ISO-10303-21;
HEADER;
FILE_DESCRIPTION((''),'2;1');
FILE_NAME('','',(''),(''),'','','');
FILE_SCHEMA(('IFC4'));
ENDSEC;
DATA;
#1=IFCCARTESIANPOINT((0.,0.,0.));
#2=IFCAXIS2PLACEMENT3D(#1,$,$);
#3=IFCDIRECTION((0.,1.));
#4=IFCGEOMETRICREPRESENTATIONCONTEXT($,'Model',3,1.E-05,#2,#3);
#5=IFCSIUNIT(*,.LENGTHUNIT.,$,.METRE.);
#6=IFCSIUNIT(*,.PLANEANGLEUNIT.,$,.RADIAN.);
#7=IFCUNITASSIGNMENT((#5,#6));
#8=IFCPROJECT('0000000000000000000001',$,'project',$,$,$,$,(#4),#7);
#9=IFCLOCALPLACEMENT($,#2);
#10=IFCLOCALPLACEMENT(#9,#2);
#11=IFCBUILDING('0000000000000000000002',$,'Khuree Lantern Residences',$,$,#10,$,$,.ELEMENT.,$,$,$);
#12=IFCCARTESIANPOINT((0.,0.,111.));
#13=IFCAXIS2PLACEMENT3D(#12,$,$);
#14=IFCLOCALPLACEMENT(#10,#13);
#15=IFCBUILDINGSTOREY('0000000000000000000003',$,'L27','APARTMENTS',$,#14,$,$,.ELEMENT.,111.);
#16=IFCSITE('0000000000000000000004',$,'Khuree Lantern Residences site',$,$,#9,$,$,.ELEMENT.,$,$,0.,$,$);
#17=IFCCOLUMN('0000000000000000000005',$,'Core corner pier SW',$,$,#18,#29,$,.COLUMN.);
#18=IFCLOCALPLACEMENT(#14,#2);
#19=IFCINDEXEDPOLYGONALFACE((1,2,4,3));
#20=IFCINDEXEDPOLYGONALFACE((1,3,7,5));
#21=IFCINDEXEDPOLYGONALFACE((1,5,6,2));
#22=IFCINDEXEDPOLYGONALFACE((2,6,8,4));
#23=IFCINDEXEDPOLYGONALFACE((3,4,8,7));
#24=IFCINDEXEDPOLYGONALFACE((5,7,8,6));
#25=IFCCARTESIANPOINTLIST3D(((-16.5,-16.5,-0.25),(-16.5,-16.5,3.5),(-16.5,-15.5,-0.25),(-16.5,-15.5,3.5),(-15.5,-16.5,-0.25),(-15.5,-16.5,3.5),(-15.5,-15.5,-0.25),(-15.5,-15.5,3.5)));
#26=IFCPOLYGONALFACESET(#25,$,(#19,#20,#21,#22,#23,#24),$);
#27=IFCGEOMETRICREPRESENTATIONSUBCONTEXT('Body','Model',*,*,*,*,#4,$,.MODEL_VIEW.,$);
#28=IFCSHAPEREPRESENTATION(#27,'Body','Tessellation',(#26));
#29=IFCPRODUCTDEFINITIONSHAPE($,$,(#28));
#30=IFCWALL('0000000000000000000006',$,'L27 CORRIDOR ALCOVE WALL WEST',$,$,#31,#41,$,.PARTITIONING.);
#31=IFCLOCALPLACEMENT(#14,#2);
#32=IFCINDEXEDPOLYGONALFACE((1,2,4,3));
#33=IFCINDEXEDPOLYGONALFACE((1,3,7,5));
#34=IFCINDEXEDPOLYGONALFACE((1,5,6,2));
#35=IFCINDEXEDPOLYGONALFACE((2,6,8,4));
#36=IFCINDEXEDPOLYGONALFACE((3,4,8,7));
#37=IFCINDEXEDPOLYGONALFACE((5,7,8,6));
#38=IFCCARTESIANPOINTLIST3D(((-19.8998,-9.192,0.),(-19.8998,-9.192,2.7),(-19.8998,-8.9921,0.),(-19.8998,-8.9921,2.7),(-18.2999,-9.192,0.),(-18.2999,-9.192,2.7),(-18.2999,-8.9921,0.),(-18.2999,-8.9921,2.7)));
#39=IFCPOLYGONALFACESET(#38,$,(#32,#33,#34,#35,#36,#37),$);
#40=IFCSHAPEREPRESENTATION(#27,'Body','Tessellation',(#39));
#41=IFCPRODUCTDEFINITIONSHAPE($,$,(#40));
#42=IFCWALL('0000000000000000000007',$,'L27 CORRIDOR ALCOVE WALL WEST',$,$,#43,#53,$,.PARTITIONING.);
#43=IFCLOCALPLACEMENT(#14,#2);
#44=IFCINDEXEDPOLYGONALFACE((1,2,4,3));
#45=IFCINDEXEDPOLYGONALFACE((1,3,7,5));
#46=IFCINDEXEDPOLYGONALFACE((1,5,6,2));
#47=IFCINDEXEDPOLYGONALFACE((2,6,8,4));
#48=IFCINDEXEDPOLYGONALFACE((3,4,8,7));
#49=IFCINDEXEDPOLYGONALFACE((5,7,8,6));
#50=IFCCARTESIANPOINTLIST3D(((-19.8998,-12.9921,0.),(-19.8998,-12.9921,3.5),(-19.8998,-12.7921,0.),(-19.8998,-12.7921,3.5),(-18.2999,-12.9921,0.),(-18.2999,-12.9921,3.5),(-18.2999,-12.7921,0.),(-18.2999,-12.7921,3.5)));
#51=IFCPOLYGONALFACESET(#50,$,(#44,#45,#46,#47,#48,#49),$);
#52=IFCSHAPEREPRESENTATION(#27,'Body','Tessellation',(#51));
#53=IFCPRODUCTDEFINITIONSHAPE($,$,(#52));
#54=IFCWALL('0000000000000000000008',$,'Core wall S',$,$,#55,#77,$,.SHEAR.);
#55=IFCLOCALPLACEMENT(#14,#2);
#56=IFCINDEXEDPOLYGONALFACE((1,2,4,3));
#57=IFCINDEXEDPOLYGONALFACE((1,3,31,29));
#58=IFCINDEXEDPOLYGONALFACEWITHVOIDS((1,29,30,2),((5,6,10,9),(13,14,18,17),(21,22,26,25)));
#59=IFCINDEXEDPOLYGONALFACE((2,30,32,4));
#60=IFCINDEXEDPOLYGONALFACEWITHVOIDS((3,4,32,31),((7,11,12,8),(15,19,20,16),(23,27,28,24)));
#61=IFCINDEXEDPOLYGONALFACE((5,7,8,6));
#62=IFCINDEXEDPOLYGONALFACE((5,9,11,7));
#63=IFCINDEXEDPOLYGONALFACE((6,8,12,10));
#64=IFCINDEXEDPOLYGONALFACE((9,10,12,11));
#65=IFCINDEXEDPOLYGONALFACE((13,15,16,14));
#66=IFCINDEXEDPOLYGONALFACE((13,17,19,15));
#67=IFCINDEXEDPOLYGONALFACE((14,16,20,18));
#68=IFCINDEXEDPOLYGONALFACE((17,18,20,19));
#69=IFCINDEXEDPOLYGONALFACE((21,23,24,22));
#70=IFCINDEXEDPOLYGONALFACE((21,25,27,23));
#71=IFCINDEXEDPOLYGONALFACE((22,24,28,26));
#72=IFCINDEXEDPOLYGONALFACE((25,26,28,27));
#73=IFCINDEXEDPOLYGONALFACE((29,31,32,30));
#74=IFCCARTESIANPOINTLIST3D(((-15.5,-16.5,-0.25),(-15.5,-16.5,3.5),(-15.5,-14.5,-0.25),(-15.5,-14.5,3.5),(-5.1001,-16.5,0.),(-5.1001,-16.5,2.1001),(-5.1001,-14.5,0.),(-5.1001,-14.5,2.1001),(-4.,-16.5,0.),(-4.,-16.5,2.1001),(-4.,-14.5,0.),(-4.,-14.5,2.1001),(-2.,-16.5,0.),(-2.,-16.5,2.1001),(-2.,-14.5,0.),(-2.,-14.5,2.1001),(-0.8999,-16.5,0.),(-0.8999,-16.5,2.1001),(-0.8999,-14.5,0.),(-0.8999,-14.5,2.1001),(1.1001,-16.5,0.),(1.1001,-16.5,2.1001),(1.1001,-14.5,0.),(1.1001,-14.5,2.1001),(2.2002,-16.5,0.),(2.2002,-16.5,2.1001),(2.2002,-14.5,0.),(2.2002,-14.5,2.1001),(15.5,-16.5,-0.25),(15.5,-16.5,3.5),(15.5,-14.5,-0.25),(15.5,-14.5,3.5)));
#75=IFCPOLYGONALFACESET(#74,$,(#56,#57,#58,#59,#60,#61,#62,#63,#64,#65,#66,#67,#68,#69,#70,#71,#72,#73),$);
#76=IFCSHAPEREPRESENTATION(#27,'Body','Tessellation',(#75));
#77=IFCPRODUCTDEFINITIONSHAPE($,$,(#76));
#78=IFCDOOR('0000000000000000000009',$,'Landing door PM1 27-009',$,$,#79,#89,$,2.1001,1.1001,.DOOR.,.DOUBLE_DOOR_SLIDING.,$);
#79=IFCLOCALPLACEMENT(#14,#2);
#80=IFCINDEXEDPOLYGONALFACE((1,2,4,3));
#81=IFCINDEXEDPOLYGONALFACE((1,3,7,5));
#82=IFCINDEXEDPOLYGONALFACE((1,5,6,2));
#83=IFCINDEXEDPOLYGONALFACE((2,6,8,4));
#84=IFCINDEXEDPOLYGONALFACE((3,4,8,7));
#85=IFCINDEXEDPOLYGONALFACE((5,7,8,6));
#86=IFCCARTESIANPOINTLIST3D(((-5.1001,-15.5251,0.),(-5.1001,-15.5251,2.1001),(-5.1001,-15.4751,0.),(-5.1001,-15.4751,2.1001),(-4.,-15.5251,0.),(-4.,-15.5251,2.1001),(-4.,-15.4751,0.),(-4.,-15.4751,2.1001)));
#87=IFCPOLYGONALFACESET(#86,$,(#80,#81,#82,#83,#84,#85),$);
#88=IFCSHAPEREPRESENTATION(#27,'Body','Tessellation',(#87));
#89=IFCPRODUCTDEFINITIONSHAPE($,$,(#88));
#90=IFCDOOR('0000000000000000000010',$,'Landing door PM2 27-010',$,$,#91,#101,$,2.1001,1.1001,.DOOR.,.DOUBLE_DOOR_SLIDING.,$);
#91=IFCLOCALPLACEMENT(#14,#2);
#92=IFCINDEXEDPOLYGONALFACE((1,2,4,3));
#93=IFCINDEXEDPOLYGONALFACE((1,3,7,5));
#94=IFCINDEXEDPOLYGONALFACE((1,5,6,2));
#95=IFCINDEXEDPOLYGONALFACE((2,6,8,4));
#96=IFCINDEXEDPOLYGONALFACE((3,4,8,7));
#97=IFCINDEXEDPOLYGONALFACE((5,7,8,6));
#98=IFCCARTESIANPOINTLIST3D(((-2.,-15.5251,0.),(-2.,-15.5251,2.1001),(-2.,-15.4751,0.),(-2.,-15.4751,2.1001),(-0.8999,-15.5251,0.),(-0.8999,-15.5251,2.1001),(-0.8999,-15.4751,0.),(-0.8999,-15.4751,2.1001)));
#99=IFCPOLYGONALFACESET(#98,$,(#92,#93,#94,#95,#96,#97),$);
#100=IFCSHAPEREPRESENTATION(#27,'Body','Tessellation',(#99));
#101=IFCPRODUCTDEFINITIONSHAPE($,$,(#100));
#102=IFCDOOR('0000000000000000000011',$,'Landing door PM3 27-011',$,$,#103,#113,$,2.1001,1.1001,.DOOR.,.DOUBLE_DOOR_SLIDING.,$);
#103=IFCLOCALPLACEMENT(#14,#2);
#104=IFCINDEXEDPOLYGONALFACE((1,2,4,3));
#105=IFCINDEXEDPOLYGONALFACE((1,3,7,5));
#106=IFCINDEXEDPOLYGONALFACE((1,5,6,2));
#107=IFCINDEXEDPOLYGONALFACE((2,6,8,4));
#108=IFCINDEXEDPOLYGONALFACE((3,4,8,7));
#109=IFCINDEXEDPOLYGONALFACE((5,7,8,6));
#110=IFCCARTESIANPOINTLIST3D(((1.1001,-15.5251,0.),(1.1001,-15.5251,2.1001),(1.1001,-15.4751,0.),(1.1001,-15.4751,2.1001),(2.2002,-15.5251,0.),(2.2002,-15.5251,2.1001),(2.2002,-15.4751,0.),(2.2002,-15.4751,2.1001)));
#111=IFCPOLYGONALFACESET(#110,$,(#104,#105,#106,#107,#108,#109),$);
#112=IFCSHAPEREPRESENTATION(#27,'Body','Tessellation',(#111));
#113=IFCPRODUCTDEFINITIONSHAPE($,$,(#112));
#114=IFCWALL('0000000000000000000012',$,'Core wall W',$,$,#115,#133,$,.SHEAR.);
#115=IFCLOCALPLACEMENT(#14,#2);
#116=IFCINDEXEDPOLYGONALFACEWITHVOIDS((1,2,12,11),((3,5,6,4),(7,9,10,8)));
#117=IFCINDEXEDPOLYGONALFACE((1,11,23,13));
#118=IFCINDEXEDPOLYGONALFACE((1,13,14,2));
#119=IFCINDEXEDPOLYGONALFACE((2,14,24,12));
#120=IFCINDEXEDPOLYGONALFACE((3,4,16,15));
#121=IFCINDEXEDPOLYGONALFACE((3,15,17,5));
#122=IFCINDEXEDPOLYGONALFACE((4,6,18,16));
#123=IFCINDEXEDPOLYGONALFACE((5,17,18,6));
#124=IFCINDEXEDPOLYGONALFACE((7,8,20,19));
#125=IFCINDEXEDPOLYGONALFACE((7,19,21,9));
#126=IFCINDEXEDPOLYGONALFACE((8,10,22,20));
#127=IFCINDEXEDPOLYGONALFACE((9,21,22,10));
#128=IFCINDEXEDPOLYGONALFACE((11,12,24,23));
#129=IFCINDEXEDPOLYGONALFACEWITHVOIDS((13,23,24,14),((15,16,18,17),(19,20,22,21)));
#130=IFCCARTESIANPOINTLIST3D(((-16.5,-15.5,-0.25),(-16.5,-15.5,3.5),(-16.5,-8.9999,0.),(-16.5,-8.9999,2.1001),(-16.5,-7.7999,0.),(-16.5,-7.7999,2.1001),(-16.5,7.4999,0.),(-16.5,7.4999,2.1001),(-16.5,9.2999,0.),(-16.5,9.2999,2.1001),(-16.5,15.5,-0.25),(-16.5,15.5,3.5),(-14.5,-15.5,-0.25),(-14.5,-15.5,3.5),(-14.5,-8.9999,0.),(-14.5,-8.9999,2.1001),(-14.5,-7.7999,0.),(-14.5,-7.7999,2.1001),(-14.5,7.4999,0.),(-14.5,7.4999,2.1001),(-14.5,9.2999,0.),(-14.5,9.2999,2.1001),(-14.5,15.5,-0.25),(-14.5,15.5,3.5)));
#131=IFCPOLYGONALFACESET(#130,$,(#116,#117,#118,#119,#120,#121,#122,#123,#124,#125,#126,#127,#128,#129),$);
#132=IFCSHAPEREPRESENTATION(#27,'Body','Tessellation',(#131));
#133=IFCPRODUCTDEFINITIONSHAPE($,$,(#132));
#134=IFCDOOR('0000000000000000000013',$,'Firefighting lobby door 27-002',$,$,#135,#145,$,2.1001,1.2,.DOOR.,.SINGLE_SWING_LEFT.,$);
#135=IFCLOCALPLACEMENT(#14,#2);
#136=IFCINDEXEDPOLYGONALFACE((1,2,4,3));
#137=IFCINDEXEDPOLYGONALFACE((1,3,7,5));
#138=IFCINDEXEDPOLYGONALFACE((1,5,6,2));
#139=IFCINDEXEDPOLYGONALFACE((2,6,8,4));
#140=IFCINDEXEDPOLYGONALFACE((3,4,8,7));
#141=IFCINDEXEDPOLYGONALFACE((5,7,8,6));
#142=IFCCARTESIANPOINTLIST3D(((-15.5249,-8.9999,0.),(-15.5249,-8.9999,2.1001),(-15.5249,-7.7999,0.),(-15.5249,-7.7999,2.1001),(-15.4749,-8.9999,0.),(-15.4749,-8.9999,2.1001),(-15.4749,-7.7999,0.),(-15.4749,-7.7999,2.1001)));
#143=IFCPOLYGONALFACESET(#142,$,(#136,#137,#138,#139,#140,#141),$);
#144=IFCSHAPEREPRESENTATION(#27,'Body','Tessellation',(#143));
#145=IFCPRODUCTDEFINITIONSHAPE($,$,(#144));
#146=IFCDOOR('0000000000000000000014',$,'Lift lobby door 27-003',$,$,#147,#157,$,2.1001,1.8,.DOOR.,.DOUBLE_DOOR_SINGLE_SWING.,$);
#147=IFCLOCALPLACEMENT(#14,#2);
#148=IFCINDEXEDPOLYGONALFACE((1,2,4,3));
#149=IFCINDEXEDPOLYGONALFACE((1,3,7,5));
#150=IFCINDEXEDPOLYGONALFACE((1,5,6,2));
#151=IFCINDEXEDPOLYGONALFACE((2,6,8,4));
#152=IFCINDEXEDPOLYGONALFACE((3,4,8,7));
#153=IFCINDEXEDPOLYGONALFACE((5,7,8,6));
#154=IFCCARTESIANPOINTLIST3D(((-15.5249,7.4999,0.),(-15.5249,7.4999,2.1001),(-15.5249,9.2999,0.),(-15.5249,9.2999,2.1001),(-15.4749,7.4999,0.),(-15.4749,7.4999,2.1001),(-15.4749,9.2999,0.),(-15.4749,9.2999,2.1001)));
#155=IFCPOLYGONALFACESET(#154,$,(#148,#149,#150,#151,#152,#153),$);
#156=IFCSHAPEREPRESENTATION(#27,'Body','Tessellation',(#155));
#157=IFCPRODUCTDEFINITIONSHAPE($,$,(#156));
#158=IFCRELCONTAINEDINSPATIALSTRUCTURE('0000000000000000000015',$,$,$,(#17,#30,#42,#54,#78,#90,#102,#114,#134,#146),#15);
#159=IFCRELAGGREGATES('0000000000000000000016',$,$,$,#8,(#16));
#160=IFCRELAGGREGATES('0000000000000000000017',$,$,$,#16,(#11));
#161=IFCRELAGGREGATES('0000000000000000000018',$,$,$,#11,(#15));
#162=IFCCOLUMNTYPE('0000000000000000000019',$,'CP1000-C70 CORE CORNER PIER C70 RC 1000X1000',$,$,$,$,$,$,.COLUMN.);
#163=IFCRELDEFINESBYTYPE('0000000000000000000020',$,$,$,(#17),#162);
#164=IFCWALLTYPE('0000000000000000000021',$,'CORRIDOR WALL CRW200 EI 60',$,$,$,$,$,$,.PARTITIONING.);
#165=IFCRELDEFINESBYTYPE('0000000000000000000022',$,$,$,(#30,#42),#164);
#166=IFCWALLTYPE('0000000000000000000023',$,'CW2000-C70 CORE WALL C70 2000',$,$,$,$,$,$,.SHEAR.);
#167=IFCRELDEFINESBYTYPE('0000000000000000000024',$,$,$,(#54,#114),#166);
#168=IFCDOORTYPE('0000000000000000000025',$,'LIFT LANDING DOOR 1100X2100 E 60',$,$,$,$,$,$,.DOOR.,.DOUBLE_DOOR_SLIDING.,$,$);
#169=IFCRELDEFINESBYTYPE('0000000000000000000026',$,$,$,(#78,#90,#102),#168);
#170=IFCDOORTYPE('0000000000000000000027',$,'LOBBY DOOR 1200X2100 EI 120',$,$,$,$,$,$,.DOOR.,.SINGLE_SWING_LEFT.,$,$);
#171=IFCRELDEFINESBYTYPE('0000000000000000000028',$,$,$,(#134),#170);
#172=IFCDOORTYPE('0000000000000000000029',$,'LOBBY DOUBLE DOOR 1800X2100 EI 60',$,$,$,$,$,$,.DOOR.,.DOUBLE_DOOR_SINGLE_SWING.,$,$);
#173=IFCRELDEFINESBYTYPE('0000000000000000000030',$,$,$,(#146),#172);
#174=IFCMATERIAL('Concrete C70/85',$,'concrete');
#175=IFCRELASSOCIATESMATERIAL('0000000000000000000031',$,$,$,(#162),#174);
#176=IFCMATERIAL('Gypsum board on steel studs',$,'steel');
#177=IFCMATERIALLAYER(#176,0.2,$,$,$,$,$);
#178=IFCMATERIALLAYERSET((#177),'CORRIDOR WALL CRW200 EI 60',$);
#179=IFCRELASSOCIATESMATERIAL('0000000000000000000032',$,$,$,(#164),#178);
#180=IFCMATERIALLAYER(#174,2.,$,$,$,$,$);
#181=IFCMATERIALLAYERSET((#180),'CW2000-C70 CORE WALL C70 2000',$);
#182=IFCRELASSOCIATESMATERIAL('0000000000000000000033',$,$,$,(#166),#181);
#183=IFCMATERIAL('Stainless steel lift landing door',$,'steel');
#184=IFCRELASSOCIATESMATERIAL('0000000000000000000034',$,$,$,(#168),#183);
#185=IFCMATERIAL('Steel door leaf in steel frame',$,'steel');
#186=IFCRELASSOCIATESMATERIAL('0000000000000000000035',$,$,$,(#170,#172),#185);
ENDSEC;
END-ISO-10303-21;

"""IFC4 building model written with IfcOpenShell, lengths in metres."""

from ifc_helpers import new_model, si_unit, direction, frame, frame_2d, origin, origin_2d, place, context, subcontext, project, spatial, rectangle, extrude, material, layer, layer_set, material_profile, profile_set, type_object, element, fill, save


model = new_model("IFC4")

# Units and contexts
model_context = context("Model", 3, precision=1e-05, world=origin(), true_north=direction((0.0, 1.0)))
body_context = subcontext(model_context, "Body", "Model", "MODEL_VIEW")
ifc_project = project(units=[si_unit("LENGTHUNIT", "METRE"), si_unit("PLANEANGLEUNIT", "RADIAN")], contexts=[model_context])

# Site, building, storey
site_placement = place(None, origin())
site = spatial("IfcSite", under=ifc_project, at=site_placement, Name="Khuree Lantern Residences site", CompositionType="ELEMENT", RefElevation=0.0)
building_placement = place(site_placement, origin())
building = spatial("IfcBuilding", under=site, at=building_placement, Name="Khuree Lantern Residences", CompositionType="ELEMENT")
storey_placement = place(building_placement, frame((0.0, 0.0, 111.0)))
storey = spatial("IfcBuildingStorey", under=building, at=storey_placement, Name="L27", Description="APARTMENTS", CompositionType="ELEMENT", Elevation=111.0)

# Column
ifc_material_1 = material(Name="Concrete C70/85", Category="concrete")
ifc_material_profile = material_profile(ifc_material_1, rectangle(XDim=1.0, YDim=1.0, at=origin_2d()), Name="RC 1000X1000")
ifc_profile_set = profile_set([ifc_material_profile], Name="Concrete C70/85")
column_type = type_object("IfcColumnType", Name="CP1000-C70 CORE CORNER PIER C70 RC 1000X1000", PredefinedType="COLUMN", material=ifc_profile_set)
column_placement = place(storey_placement, frame((-16.0, -16.0, -0.25), z_axis=(0.0, 0.0, 1.0), x_axis=(1.0, 0.0, 0.0)))
element("IfcColumn", 1, at=column_placement, inside=storey, type_object=column_type, Name="Core corner pier SW", PredefinedType="COLUMN", context=body_context, shape_type="SweptSolid", body=[
    extrude(rectangle(XDim=1.0, YDim=1.0, at=origin_2d()), origin(), (0.0, 0.0, 1.0), 3.75),
])

# Walls
ifc_material_2 = material(Name="Gypsum board on steel studs", Category="steel")
ifc_layer_1 = layer(ifc_material_2, 0.2)
ifc_layer_set_1 = layer_set([ifc_layer_1], Name="CORRIDOR WALL CRW200 EI 60")
wall_type_1 = type_object("IfcWallType", Name="CORRIDOR WALL CRW200 EI 60", PredefinedType="PARTITIONING", material=ifc_layer_set_1)
wall_1_placement = place(storey_placement, frame((-18.3, -9.092, 0.0), z_axis=(0.0, 0.0, 1.0), x_axis=(-1.0, 0.0, 0.0)))
element("IfcWall", 2, at=wall_1_placement, inside=storey, type_object=wall_type_1, Name="L27 CORRIDOR ALCOVE WALL WEST", PredefinedType="PARTITIONING", context=body_context, shape_type="SweptSolid", body=[
    extrude(rectangle(XDim=1.5999, YDim=0.2, at=frame_2d((0.7998, 0.0))), origin(), (0.0, 0.0, 1.0), 2.7),
])
wall_2_placement = place(storey_placement, frame((-18.3, -12.8921, 0.0), z_axis=(0.0, 0.0, 1.0), x_axis=(-1.0, 0.0, 0.0)))
element("IfcWall", 3, at=wall_2_placement, inside=storey, type_object=wall_type_1, Name="L27 CORRIDOR ALCOVE WALL WEST", PredefinedType="PARTITIONING", context=body_context, shape_type="SweptSolid", body=[
    extrude(rectangle(XDim=1.5999, YDim=0.2, at=frame_2d((0.7998, 0.0))), origin(), (0.0, 0.0, 1.0), 3.5),
])

# Walls, openings, doors
ifc_layer_2 = layer(ifc_material_1, 2.0)
ifc_layer_set_2 = layer_set([ifc_layer_2], Name="CW2000-C70 CORE WALL C70 2000")
wall_type_2 = type_object("IfcWallType", Name="CW2000-C70 CORE WALL C70 2000", PredefinedType="SHEAR", material=ifc_layer_set_2)
wall_3_placement = place(storey_placement, frame((-15.5, -15.5, -0.25), z_axis=(0.0, 0.0, 1.0), x_axis=(1.0, 0.0, 0.0)))
wall_3 = element("IfcWall", 4, at=wall_3_placement, inside=storey, type_object=wall_type_2, Name="Core wall S", PredefinedType="SHEAR", context=body_context, shape_type="SweptSolid", body=[
    extrude(rectangle(XDim=31.0, YDim=2.0, at=frame_2d((15.5, 0.0))), origin(), (0.0, 0.0, 1.0), 3.75),
])
opening_1_placement = place(wall_3_placement, frame((10.3999, 0.0, 0.25)))
opening_1 = element("IfcOpeningElement", 5, at=opening_1_placement, cuts=wall_3, PredefinedType="OPENING", context=body_context, shape_type="SweptSolid", body=[
    extrude(rectangle(XDim=1.1001, YDim=2.1001, at=frame_2d((0.55, 1.05))), frame((0.0, 1.01, 0.0), z_axis=(0.0, -1.0, 0.0), x_axis=(1.0, 0.0, 0.0)), (0.0, 0.0, 1.0), 2.02),
])
opening_2_placement = place(wall_3_placement, frame((13.5, 0.0, 0.25)))
opening_2 = element("IfcOpeningElement", 6, at=opening_2_placement, cuts=wall_3, PredefinedType="OPENING", context=body_context, shape_type="SweptSolid", body=[
    extrude(rectangle(XDim=1.1001, YDim=2.1001, at=frame_2d((0.55, 1.05))), frame((0.0, 1.01, 0.0), z_axis=(0.0, -1.0, 0.0), x_axis=(1.0, 0.0, 0.0)), (0.0, 0.0, 1.0), 2.02),
])
opening_3_placement = place(wall_3_placement, frame((16.6001, 0.0, 0.25)))
opening_3 = element("IfcOpeningElement", 7, at=opening_3_placement, cuts=wall_3, PredefinedType="OPENING", context=body_context, shape_type="SweptSolid", body=[
    extrude(rectangle(XDim=1.1001, YDim=2.1001, at=frame_2d((0.55, 1.05))), frame((0.0, 1.01, 0.0), z_axis=(0.0, -1.0, 0.0), x_axis=(1.0, 0.0, 0.0)), (0.0, 0.0, 1.0), 2.02),
])
ifc_material_3 = material(Name="Stainless steel lift landing door", Category="steel")
door_type_1 = type_object("IfcDoorType", Name="LIFT LANDING DOOR 1100X2100 E 60", OperationType="DOUBLE_DOOR_SLIDING", PredefinedType="DOOR", material=ifc_material_3)
door_1_placement = place(opening_1_placement, origin())
door_1 = element("IfcDoor", 8, at=door_1_placement, inside=storey, type_object=door_type_1, Name="Landing door PM1 27-009", OperationType="DOUBLE_DOOR_SLIDING", OverallHeight=2.1001, OverallWidth=1.1001, PredefinedType="DOOR", context=body_context, shape_type="SweptSolid", body=[
    extrude(rectangle(XDim=1.1001, YDim=2.1001, at=frame_2d((0.55, 1.05))), frame((0.0, 0.0249, 0.0), z_axis=(0.0, -1.0, 0.0), x_axis=(1.0, 0.0, 0.0)), (0.0, 0.0, 1.0), 0.05),
])
fill(opening_1, door_1)
door_2_placement = place(opening_2_placement, origin())
door_2 = element("IfcDoor", 9, at=door_2_placement, inside=storey, type_object=door_type_1, Name="Landing door PM2 27-010", OperationType="DOUBLE_DOOR_SLIDING", OverallHeight=2.1001, OverallWidth=1.1001, PredefinedType="DOOR", context=body_context, shape_type="SweptSolid", body=[
    extrude(rectangle(XDim=1.1001, YDim=2.1001, at=frame_2d((0.55, 1.05))), frame((0.0, 0.0249, 0.0), z_axis=(0.0, -1.0, 0.0), x_axis=(1.0, 0.0, 0.0)), (0.0, 0.0, 1.0), 0.05),
])
fill(opening_2, door_2)
door_3_placement = place(opening_3_placement, origin())
door_3 = element("IfcDoor", 10, at=door_3_placement, inside=storey, type_object=door_type_1, Name="Landing door PM3 27-011", OperationType="DOUBLE_DOOR_SLIDING", OverallHeight=2.1001, OverallWidth=1.1001, PredefinedType="DOOR", context=body_context, shape_type="SweptSolid", body=[
    extrude(rectangle(XDim=1.1001, YDim=2.1001, at=frame_2d((0.55, 1.05))), frame((0.0, 0.0249, 0.0), z_axis=(0.0, -1.0, 0.0), x_axis=(1.0, 0.0, 0.0)), (0.0, 0.0, 1.0), 0.05),
])
fill(opening_3, door_3)
wall_4_placement = place(storey_placement, frame((-15.5, -15.5, -0.25), z_axis=(0.0, 0.0, 1.0), x_axis=(0.0, 1.0, 0.0)))
wall_4 = element("IfcWall", 11, at=wall_4_placement, inside=storey, type_object=wall_type_2, Name="Core wall W", PredefinedType="SHEAR", context=body_context, shape_type="SweptSolid", body=[
    extrude(rectangle(XDim=31.0, YDim=2.0, at=frame_2d((15.5, 0.0))), origin(), (0.0, 0.0, 1.0), 3.75),
])
opening_4_placement = place(wall_4_placement, frame((6.5, 0.0, 0.25)))
opening_4 = element("IfcOpeningElement", 12, at=opening_4_placement, cuts=wall_4, PredefinedType="OPENING", context=body_context, shape_type="SweptSolid", body=[
    extrude(rectangle(XDim=1.2, YDim=2.1001, at=frame_2d((0.6001, 1.05))), frame((0.0, 1.01, 0.0), z_axis=(0.0, -1.0, 0.0), x_axis=(1.0, 0.0, 0.0)), (0.0, 0.0, 1.0), 2.02),
])
opening_5_placement = place(wall_4_placement, frame((23.0, 0.0, 0.25)))
opening_5 = element("IfcOpeningElement", 13, at=opening_5_placement, cuts=wall_4, PredefinedType="OPENING", context=body_context, shape_type="SweptSolid", body=[
    extrude(rectangle(XDim=1.8, YDim=2.1001, at=frame_2d((0.8999, 1.05))), frame((0.0, 1.01, 0.0), z_axis=(0.0, -1.0, 0.0), x_axis=(1.0, 0.0, 0.0)), (0.0, 0.0, 1.0), 2.02),
])
ifc_material_4 = material(Name="Steel door leaf in steel frame", Category="steel")
door_type_2 = type_object("IfcDoorType", Name="LOBBY DOOR 1200X2100 EI 120", OperationType="SINGLE_SWING_LEFT", PredefinedType="DOOR", material=ifc_material_4)
door_4_placement = place(opening_4_placement, origin())
door_4 = element("IfcDoor", 14, at=door_4_placement, inside=storey, type_object=door_type_2, Name="Firefighting lobby door 27-002", OperationType="SINGLE_SWING_LEFT", OverallHeight=2.1001, OverallWidth=1.2, PredefinedType="DOOR", context=body_context, shape_type="SweptSolid", body=[
    extrude(rectangle(XDim=1.2, YDim=2.1001, at=frame_2d((0.6001, 1.05))), frame((0.0, 0.0249, 0.0), z_axis=(0.0, -1.0, 0.0), x_axis=(1.0, 0.0, 0.0)), (0.0, 0.0, 1.0), 0.05),
])
fill(opening_4, door_4)
door_type_3 = type_object("IfcDoorType", Name="LOBBY DOUBLE DOOR 1800X2100 EI 60", OperationType="DOUBLE_DOOR_SINGLE_SWING", PredefinedType="DOOR", material=ifc_material_4)
door_5_placement = place(opening_5_placement, origin())
door_5 = element("IfcDoor", 15, at=door_5_placement, inside=storey, type_object=door_type_3, Name="Lift lobby door 27-003", OperationType="DOUBLE_DOOR_SINGLE_SWING", OverallHeight=2.1001, OverallWidth=1.8, PredefinedType="DOOR", context=body_context, shape_type="SweptSolid", body=[
    extrude(rectangle(XDim=1.8, YDim=2.1001, at=frame_2d((0.8999, 1.05))), frame((0.0, 0.0249, 0.0), z_axis=(0.0, -1.0, 0.0), x_axis=(1.0, 0.0, 0.0)), (0.0, 0.0, 1.0), 0.05),
])
fill(opening_5, door_5)

save(model, "model.ifc")
